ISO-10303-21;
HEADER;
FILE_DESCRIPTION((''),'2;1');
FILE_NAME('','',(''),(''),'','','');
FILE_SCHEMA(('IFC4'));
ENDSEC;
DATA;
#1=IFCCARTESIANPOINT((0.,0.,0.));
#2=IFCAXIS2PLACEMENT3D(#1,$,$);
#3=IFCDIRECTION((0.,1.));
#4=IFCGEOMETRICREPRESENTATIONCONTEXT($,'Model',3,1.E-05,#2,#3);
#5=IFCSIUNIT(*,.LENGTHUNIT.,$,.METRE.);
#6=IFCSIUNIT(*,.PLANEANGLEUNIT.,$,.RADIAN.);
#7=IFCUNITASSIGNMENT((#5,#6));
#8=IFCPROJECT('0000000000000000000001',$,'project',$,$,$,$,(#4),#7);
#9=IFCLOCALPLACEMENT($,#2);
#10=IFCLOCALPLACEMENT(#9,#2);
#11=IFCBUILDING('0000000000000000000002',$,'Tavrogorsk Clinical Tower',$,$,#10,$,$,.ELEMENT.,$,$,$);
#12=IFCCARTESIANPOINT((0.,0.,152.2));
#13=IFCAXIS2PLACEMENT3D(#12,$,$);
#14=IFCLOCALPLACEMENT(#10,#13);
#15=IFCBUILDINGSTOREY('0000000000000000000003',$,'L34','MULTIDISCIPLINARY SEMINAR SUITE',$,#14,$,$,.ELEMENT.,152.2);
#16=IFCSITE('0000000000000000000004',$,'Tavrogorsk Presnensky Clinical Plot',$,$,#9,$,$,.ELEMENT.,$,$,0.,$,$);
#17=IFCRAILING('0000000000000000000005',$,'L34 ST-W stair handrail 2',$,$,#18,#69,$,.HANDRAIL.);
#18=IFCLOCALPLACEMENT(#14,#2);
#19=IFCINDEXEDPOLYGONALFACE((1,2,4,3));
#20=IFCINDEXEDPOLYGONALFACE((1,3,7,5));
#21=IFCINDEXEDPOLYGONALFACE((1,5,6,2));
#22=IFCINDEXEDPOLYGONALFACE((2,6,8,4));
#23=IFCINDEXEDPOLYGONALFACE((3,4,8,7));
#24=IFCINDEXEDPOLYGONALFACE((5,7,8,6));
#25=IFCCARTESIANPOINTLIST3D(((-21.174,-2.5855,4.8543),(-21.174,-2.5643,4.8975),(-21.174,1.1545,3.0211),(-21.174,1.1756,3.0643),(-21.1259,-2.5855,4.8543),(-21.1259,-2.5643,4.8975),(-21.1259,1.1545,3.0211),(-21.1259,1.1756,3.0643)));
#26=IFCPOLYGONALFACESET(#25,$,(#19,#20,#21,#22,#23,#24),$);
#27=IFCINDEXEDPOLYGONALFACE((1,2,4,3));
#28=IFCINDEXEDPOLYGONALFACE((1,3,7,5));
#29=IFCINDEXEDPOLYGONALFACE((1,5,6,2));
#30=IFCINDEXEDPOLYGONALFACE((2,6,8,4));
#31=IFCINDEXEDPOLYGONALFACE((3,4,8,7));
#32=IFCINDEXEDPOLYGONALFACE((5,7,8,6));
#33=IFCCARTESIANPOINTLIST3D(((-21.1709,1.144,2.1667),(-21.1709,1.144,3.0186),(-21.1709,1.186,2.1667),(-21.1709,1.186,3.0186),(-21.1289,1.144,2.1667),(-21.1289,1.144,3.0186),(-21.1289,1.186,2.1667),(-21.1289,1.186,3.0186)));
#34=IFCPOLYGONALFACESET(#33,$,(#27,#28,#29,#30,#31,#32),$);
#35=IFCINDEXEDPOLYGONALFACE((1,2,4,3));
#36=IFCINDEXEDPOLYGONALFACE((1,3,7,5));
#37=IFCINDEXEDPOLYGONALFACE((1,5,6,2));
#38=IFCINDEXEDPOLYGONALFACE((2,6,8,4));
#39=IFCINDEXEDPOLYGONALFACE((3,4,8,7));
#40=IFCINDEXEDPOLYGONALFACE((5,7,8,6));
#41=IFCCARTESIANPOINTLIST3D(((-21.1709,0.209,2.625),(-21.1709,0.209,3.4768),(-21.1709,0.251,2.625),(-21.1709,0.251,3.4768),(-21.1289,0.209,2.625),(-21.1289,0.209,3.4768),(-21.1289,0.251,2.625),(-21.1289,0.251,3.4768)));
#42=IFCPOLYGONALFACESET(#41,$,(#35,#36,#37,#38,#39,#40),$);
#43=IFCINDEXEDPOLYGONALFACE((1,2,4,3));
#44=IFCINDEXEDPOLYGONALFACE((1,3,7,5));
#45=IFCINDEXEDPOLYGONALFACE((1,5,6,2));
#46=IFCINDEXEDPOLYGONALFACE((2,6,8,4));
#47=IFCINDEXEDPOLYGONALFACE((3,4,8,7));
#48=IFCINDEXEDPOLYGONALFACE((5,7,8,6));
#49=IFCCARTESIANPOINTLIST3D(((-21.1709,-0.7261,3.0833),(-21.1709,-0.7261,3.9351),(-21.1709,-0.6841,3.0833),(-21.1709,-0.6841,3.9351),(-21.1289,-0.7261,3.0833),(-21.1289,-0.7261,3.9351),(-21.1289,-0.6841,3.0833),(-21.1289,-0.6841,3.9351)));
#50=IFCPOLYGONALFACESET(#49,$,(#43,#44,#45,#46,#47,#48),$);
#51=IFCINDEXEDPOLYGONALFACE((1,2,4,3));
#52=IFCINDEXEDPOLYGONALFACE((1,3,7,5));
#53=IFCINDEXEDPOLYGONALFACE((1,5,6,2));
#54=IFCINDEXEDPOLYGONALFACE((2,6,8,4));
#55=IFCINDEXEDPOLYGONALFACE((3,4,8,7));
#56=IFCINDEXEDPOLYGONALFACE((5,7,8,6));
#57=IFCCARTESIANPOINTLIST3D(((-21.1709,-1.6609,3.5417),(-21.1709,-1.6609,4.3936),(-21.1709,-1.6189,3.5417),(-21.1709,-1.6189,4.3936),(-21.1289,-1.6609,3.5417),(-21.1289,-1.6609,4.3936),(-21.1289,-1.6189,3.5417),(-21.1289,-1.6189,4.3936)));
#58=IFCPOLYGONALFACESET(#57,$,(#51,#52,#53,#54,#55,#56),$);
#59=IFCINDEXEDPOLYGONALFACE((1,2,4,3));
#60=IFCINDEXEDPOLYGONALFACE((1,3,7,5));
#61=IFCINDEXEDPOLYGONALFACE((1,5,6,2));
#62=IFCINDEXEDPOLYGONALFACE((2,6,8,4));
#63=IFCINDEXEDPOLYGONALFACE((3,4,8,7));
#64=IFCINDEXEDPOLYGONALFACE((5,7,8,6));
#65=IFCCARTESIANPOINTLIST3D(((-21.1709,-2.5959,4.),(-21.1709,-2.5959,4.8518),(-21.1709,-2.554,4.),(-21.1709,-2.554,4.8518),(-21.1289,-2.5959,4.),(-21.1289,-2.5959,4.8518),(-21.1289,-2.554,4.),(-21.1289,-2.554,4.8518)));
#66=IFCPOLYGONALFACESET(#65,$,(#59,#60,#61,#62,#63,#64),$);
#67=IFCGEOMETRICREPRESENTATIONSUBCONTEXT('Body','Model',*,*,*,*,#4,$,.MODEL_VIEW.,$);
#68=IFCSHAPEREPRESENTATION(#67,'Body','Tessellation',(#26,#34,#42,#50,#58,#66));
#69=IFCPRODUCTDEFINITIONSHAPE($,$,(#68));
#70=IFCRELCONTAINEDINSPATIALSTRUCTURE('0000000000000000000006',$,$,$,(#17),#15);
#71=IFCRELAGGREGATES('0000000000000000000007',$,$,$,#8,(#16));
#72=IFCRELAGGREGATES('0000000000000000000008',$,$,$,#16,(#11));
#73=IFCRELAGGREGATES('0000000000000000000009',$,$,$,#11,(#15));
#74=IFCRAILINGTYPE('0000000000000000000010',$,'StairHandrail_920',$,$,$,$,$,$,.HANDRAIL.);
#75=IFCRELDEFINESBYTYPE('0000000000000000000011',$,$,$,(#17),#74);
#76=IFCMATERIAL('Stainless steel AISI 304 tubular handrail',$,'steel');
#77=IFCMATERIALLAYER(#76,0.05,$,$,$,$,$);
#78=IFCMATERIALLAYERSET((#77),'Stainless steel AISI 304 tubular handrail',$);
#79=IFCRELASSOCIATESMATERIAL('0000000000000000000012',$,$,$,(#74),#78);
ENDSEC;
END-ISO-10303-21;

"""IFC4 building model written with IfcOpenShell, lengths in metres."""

from ifc_helpers import new_model, si_unit, direction, frame, origin, origin_2d, place, context, subcontext, project, spatial, rectangle, extrude, material, layer, layer_set, type_object, element, save


model = new_model("IFC4")

# Units and contexts
model_context = context("Model", 3, precision=1e-05, world=origin(), true_north=direction((0.0, 1.0)))
body_context = subcontext(model_context, "Body", "Model", "MODEL_VIEW")
ifc_project = project(units=[si_unit("LENGTHUNIT", "METRE"), si_unit("PLANEANGLEUNIT", "RADIAN")], contexts=[model_context])

# Site, building, storey
site_placement = place(None, origin())
site = spatial("IfcSite", under=ifc_project, at=site_placement, Name="Tavrogorsk Presnensky Clinical Plot", CompositionType="ELEMENT", RefElevation=0.0)
building_placement = place(site_placement, origin())
building = spatial("IfcBuilding", under=site, at=building_placement, Name="Tavrogorsk Clinical Tower", CompositionType="ELEMENT")
storey_placement = place(building_placement, frame((0.0, 0.0, 152.2)))
storey = spatial("IfcBuildingStorey", under=building, at=storey_placement, Name="L34", Description="MULTIDISCIPLINARY SEMINAR SUITE", CompositionType="ELEMENT", Elevation=152.2)

# Railing
ifc_material_1 = material(Name="Stainless steel AISI 304 tubular handrail", Category="steel")
ifc_layer_1 = layer(ifc_material_1, 0.05)
ifc_layer_set_1 = layer_set([ifc_layer_1], Name="Stainless steel AISI 304 tubular handrail")
railing_type_1 = type_object("IfcRailingType", Name="StairHandrail_920", PredefinedType="HANDRAIL", material=ifc_layer_set_1)
railing_1_placement = place(storey_placement, frame((-21.1499, 1.165, 2.1667)))
element("IfcRailing", 1, at=railing_1_placement, inside=storey, type_object=railing_type_1, Name="L34 ST-W stair handrail 2", PredefinedType="HANDRAIL", context=body_context, shape_type="SweptSolid", body=[
    extrude(rectangle(XDim=0.0481, YDim=0.0481, at=origin_2d()), frame((0.0, 0.0, 0.876), z_axis=(0.0, -0.897928, 0.440142), x_axis=(1.0, 0.0, 0.0)), (0.0, 0.0, 1.0), 4.165),
    extrude(rectangle(XDim=0.042, YDim=0.042, at=origin_2d()), origin(), (0.0, 0.0, 1.0), 0.8518),
    extrude(rectangle(XDim=0.042, YDim=0.042, at=origin_2d()), frame((0.0, -0.9351, 0.4583)), (0.0, 0.0, 1.0), 0.8518),
    extrude(rectangle(XDim=0.042, YDim=0.042, at=origin_2d()), frame((0.0, -1.8701, 0.9165)), (0.0, 0.0, 1.0), 0.8518),
    extrude(rectangle(XDim=0.042, YDim=0.042, at=origin_2d()), frame((0.0, -2.8049, 1.375)), (0.0, 0.0, 1.0), 0.8518),
    extrude(rectangle(XDim=0.042, YDim=0.042, at=origin_2d()), frame((0.0, -3.74, 1.8333)), (0.0, 0.0, 1.0), 0.8518),
])

save(model, "model.ifc")
